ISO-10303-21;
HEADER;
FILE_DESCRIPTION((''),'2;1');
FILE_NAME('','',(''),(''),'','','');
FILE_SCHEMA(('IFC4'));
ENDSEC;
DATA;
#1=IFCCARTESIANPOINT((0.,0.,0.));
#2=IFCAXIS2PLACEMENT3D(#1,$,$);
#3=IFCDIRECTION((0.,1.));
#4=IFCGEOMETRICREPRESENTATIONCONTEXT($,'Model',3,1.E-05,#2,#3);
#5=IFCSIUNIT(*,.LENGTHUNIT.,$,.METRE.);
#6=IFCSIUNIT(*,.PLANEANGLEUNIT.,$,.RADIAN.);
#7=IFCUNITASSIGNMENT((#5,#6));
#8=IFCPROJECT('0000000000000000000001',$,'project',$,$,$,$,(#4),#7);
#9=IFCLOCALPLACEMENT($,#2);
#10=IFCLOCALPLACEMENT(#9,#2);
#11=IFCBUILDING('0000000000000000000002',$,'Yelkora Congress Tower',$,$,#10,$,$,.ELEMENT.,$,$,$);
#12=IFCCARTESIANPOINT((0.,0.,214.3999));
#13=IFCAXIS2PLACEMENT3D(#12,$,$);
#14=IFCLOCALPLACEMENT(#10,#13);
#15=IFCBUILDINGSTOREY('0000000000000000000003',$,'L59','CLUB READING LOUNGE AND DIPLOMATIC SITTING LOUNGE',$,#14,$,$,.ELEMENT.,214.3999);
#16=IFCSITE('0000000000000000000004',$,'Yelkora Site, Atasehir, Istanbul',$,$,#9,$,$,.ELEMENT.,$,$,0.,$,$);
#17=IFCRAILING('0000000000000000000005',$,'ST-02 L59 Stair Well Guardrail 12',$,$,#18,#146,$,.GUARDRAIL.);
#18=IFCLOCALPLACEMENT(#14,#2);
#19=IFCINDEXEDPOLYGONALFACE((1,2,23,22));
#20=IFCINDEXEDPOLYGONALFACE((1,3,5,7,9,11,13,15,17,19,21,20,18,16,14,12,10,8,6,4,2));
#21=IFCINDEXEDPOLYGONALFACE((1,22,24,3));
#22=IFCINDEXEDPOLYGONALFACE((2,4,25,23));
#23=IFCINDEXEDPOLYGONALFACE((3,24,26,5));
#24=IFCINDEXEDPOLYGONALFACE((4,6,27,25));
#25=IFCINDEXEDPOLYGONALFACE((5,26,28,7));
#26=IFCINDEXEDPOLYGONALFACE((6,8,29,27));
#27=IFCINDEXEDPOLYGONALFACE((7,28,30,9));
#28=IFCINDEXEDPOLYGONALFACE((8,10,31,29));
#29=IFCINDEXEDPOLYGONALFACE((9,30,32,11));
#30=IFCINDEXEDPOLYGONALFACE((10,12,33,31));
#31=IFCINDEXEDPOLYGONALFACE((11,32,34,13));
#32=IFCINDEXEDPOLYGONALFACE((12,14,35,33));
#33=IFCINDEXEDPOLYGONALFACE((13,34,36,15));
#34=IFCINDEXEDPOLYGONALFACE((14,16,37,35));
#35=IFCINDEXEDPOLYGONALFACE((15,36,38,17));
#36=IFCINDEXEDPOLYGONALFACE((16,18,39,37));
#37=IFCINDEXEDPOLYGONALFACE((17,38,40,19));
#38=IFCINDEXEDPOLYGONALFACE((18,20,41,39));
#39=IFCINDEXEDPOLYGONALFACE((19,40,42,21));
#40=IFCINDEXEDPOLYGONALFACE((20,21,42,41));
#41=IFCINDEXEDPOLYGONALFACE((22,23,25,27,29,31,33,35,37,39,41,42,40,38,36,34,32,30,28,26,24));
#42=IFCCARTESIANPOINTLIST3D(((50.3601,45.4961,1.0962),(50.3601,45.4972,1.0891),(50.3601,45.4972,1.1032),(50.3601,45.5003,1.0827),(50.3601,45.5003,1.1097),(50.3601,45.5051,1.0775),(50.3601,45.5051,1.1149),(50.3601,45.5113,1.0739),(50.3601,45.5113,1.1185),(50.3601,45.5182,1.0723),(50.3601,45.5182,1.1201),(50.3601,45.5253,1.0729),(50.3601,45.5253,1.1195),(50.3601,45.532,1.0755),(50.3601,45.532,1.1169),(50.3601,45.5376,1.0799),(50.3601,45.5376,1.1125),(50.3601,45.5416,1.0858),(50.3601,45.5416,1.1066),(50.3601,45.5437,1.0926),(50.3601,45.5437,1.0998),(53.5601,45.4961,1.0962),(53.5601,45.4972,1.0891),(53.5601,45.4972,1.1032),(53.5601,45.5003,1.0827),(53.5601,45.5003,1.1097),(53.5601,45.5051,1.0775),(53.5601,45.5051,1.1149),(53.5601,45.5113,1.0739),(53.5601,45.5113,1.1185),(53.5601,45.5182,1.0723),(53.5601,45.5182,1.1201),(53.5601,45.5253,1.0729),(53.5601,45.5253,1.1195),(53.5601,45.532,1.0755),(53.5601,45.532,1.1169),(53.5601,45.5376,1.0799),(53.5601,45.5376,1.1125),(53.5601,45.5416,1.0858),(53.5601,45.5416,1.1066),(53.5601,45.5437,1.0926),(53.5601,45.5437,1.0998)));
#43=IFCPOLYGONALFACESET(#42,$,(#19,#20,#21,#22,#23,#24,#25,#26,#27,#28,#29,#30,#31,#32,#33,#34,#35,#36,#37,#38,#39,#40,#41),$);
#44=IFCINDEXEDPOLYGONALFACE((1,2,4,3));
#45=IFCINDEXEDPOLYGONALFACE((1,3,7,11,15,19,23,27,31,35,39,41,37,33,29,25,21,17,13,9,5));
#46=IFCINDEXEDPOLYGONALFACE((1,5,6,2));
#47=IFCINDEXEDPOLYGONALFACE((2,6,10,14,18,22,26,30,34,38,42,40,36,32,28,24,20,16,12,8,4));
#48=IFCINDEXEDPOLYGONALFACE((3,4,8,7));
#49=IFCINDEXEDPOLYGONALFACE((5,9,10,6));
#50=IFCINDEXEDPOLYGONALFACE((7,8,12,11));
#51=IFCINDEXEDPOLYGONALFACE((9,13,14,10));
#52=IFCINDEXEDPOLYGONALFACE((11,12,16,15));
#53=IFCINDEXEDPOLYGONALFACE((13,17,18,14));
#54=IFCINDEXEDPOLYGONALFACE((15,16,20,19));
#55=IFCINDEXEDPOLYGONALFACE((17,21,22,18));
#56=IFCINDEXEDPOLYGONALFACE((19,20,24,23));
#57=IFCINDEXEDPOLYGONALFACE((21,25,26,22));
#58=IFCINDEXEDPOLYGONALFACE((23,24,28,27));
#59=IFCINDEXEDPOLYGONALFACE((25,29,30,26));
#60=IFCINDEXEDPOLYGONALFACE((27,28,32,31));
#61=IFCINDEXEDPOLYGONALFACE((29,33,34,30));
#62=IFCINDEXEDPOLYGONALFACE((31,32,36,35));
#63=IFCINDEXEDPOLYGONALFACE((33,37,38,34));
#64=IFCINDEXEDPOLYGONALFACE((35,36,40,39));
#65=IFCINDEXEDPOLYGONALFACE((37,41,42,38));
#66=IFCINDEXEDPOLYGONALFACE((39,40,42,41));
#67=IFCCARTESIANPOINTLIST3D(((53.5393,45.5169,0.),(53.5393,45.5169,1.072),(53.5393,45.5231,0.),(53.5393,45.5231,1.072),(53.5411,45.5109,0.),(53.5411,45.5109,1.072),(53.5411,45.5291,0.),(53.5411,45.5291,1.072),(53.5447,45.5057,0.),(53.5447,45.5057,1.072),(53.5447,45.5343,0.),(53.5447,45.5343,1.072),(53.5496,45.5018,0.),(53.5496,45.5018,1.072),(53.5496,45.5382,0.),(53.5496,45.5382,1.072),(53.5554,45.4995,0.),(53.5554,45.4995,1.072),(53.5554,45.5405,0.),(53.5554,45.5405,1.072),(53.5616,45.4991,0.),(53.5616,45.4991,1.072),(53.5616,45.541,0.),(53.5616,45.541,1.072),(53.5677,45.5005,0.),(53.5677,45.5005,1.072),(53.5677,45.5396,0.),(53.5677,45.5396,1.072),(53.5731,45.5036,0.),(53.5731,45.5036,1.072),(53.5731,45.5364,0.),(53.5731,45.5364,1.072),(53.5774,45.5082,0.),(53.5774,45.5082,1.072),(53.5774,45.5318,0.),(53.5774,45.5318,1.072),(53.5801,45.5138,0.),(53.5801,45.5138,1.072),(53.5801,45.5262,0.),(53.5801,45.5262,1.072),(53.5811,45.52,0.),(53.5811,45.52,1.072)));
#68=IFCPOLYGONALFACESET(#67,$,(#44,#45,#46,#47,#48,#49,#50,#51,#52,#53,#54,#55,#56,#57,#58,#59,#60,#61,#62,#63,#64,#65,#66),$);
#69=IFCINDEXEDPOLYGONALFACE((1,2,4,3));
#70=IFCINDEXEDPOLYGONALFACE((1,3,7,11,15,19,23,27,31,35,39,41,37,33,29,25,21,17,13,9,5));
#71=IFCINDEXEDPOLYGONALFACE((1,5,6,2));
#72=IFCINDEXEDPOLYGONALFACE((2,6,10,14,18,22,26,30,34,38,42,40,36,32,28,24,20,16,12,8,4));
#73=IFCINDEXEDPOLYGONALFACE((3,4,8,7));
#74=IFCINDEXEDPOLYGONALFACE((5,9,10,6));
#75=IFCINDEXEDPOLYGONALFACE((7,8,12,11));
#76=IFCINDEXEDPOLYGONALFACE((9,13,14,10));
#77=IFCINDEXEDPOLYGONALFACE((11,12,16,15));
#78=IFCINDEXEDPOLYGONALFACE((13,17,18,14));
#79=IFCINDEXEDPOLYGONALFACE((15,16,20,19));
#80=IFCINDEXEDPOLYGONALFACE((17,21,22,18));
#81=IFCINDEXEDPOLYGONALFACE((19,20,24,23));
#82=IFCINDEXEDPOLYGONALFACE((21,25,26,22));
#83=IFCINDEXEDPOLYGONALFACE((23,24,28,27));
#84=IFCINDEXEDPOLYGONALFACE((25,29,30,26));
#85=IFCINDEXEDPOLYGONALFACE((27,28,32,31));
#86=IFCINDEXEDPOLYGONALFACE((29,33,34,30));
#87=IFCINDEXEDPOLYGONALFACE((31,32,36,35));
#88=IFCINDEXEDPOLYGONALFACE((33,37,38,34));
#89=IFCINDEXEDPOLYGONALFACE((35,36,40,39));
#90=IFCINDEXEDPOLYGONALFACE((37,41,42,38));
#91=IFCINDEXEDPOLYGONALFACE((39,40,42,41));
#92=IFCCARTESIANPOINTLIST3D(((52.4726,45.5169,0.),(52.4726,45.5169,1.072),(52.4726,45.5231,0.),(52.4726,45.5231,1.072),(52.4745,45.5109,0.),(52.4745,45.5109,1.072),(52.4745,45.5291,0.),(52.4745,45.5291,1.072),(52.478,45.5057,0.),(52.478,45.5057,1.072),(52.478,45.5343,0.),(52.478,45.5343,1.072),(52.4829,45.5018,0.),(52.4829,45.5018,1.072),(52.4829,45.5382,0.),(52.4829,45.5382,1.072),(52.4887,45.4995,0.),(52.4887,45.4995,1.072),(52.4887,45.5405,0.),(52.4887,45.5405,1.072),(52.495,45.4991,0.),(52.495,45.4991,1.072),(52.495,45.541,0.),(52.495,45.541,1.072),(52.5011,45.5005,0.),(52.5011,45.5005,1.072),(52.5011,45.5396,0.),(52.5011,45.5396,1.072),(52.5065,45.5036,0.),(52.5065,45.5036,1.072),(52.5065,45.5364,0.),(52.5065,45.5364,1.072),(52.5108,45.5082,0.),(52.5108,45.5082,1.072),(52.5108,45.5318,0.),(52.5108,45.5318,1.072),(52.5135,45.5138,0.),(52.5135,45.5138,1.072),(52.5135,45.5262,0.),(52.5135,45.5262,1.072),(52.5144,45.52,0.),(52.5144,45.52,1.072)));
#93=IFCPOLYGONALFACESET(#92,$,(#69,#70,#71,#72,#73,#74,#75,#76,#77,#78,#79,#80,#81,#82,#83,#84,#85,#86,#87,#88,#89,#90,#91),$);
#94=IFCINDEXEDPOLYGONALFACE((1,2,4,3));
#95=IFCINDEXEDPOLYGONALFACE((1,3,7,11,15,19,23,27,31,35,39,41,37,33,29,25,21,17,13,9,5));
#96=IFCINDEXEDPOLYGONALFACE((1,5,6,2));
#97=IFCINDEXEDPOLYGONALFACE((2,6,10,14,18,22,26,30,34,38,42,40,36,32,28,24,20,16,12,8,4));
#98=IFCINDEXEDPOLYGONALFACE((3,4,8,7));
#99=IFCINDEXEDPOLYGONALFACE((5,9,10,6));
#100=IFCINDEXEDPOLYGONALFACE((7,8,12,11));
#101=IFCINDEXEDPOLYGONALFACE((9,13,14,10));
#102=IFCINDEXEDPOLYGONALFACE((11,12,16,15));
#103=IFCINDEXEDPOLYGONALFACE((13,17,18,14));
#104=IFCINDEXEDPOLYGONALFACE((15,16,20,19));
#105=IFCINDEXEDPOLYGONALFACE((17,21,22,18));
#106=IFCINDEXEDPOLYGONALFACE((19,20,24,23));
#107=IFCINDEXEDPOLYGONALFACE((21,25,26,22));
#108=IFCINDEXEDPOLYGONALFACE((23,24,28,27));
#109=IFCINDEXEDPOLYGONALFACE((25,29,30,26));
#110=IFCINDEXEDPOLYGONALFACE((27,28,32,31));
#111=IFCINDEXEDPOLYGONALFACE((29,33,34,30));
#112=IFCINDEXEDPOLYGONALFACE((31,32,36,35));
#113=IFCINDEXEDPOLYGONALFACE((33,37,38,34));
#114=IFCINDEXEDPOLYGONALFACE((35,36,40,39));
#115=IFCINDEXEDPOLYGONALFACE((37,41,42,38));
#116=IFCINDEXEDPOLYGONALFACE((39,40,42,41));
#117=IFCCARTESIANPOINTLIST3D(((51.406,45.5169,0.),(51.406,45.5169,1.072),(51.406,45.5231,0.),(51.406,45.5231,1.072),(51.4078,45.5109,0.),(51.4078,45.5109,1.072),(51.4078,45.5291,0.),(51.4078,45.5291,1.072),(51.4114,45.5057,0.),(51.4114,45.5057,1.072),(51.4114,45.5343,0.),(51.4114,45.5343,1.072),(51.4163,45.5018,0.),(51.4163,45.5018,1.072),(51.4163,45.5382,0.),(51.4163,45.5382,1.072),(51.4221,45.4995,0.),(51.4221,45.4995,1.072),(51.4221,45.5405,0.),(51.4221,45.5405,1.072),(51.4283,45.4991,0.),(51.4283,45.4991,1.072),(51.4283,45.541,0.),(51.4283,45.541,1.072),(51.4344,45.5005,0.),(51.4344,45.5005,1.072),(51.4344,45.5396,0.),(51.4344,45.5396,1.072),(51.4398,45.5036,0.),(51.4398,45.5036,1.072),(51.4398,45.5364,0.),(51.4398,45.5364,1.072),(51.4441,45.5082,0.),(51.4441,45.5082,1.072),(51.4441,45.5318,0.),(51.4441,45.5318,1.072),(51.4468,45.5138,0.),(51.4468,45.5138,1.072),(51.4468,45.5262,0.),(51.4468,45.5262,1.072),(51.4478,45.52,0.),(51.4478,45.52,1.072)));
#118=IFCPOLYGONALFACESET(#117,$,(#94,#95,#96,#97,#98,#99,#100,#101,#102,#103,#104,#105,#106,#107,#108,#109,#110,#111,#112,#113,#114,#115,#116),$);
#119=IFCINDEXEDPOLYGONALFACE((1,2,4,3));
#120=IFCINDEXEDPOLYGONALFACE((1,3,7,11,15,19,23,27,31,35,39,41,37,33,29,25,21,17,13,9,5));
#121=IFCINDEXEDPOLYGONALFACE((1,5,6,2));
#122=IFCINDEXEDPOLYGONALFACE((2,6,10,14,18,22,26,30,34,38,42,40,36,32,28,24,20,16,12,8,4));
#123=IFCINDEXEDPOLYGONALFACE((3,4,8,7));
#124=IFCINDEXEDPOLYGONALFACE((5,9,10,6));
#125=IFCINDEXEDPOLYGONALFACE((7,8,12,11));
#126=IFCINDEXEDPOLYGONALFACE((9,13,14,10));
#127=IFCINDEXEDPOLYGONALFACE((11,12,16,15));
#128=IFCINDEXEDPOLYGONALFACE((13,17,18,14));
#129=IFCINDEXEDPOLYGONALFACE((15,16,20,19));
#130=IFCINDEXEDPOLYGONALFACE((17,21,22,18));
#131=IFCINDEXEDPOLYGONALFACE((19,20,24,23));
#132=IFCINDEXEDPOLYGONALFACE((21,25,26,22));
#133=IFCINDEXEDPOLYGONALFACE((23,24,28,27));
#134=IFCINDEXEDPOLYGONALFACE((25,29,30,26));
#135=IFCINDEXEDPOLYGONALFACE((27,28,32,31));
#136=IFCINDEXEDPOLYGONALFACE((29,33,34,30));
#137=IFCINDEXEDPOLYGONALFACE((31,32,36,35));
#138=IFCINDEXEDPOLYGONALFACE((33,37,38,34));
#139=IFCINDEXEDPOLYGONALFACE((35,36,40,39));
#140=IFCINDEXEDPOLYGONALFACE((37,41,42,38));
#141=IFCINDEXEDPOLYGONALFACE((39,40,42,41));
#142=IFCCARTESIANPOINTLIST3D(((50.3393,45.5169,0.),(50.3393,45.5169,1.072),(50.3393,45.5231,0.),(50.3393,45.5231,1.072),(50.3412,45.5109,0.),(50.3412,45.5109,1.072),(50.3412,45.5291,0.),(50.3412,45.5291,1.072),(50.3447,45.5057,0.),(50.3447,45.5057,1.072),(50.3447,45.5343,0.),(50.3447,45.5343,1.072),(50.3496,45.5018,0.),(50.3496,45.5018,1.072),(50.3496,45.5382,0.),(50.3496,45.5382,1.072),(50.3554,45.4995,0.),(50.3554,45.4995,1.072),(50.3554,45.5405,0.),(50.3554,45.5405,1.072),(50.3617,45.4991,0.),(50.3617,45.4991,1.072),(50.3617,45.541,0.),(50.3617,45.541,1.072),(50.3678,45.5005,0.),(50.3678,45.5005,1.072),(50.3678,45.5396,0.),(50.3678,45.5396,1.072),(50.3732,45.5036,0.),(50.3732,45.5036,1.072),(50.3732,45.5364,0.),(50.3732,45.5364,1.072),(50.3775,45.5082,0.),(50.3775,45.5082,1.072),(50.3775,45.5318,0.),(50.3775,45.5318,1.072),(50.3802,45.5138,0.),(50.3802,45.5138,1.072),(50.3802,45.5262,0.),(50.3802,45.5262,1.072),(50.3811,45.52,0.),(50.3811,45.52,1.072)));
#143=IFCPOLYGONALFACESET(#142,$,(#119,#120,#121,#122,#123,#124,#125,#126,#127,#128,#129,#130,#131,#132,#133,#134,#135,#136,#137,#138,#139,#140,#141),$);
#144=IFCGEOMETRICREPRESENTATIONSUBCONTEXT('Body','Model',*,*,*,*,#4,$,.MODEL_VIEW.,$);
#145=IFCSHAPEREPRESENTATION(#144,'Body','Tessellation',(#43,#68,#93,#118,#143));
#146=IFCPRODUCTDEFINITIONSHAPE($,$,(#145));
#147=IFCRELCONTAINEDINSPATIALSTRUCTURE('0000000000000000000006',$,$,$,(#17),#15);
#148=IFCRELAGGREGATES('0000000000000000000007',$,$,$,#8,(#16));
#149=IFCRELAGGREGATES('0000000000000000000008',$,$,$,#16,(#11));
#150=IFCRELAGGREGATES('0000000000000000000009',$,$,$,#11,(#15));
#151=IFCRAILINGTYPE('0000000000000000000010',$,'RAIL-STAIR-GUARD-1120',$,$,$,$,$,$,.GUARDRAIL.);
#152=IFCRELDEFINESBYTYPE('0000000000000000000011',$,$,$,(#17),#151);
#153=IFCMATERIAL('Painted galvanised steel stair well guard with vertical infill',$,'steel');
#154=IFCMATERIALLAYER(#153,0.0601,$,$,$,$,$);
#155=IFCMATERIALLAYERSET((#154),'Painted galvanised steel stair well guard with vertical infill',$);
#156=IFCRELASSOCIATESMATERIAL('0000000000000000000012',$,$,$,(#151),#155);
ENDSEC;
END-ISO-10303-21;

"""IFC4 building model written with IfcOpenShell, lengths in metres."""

from ifc_helpers import new_model, si_unit, direction, frame, origin, origin_2d, place, context, subcontext, project, spatial, circle, extrude, material, layer, layer_set, type_object, element, save


model = new_model("IFC4")

# Units and contexts
model_context = context("Model", 3, precision=1e-05, world=origin(), true_north=direction((0.0, 1.0)))
body_context = subcontext(model_context, "Body", "Model", "MODEL_VIEW")
ifc_project = project(units=[si_unit("LENGTHUNIT", "METRE"), si_unit("PLANEANGLEUNIT", "RADIAN")], contexts=[model_context])

# Site, building, storey
site_placement = place(None, origin())
site = spatial("IfcSite", under=ifc_project, at=site_placement, Name="Yelkora Site, Atasehir, Istanbul", CompositionType="ELEMENT", RefElevation=0.0)
building_placement = place(site_placement, origin())
building = spatial("IfcBuilding", under=site, at=building_placement, Name="Yelkora Congress Tower", CompositionType="ELEMENT")
storey_placement = place(building_placement, frame((0.0, 0.0, 214.3999)))
storey = spatial("IfcBuildingStorey", under=building, at=storey_placement, Name="L59", Description="CLUB READING LOUNGE AND DIPLOMATIC SITTING LOUNGE", CompositionType="ELEMENT", Elevation=214.3999)

# Railing
ifc_material_1 = material(Name="Painted galvanised steel stair well guard with vertical infill", Category="steel")
ifc_layer_1 = layer(ifc_material_1, 0.0601)
ifc_layer_set_1 = layer_set([ifc_layer_1], Name="Painted galvanised steel stair well guard with vertical infill")
railing_type_1 = type_object("IfcRailingType", Name="RAIL-STAIR-GUARD-1120", PredefinedType="GUARDRAIL", material=ifc_layer_set_1)
railing_1_placement = place(storey_placement, frame((53.5601, 45.52, 0.0)))
element("IfcRailing", 1, at=railing_1_placement, inside=storey, type_object=railing_type_1, Name="ST-02 L59 Stair Well Guardrail 12", PredefinedType="GUARDRAIL", context=body_context, shape_type="SweptSolid", body=[
    extrude(circle(Radius=0.0239, at=origin_2d()), frame((0.0, 0.0, 1.0962), z_axis=(-1.0, 0.0, 0.0), x_axis=(0.0, -1.0, 0.0)), (0.0, 0.0, 1.0), 3.2),
    extrude(circle(Radius=0.021, at=origin_2d()), origin(), (0.0, 0.0, 1.0), 1.072),
    extrude(circle(Radius=0.021, at=origin_2d()), frame((-1.0667, 0.0, 0.0)), (0.0, 0.0, 1.0), 1.072),
    extrude(circle(Radius=0.021, at=origin_2d()), frame((-2.1333, 0.0, 0.0)), (0.0, 0.0, 1.0), 1.072),
    extrude(circle(Radius=0.021, at=origin_2d()), frame((-3.2, 0.0, 0.0)), (0.0, 0.0, 1.0), 1.072),
])

save(model, "model.ifc")
